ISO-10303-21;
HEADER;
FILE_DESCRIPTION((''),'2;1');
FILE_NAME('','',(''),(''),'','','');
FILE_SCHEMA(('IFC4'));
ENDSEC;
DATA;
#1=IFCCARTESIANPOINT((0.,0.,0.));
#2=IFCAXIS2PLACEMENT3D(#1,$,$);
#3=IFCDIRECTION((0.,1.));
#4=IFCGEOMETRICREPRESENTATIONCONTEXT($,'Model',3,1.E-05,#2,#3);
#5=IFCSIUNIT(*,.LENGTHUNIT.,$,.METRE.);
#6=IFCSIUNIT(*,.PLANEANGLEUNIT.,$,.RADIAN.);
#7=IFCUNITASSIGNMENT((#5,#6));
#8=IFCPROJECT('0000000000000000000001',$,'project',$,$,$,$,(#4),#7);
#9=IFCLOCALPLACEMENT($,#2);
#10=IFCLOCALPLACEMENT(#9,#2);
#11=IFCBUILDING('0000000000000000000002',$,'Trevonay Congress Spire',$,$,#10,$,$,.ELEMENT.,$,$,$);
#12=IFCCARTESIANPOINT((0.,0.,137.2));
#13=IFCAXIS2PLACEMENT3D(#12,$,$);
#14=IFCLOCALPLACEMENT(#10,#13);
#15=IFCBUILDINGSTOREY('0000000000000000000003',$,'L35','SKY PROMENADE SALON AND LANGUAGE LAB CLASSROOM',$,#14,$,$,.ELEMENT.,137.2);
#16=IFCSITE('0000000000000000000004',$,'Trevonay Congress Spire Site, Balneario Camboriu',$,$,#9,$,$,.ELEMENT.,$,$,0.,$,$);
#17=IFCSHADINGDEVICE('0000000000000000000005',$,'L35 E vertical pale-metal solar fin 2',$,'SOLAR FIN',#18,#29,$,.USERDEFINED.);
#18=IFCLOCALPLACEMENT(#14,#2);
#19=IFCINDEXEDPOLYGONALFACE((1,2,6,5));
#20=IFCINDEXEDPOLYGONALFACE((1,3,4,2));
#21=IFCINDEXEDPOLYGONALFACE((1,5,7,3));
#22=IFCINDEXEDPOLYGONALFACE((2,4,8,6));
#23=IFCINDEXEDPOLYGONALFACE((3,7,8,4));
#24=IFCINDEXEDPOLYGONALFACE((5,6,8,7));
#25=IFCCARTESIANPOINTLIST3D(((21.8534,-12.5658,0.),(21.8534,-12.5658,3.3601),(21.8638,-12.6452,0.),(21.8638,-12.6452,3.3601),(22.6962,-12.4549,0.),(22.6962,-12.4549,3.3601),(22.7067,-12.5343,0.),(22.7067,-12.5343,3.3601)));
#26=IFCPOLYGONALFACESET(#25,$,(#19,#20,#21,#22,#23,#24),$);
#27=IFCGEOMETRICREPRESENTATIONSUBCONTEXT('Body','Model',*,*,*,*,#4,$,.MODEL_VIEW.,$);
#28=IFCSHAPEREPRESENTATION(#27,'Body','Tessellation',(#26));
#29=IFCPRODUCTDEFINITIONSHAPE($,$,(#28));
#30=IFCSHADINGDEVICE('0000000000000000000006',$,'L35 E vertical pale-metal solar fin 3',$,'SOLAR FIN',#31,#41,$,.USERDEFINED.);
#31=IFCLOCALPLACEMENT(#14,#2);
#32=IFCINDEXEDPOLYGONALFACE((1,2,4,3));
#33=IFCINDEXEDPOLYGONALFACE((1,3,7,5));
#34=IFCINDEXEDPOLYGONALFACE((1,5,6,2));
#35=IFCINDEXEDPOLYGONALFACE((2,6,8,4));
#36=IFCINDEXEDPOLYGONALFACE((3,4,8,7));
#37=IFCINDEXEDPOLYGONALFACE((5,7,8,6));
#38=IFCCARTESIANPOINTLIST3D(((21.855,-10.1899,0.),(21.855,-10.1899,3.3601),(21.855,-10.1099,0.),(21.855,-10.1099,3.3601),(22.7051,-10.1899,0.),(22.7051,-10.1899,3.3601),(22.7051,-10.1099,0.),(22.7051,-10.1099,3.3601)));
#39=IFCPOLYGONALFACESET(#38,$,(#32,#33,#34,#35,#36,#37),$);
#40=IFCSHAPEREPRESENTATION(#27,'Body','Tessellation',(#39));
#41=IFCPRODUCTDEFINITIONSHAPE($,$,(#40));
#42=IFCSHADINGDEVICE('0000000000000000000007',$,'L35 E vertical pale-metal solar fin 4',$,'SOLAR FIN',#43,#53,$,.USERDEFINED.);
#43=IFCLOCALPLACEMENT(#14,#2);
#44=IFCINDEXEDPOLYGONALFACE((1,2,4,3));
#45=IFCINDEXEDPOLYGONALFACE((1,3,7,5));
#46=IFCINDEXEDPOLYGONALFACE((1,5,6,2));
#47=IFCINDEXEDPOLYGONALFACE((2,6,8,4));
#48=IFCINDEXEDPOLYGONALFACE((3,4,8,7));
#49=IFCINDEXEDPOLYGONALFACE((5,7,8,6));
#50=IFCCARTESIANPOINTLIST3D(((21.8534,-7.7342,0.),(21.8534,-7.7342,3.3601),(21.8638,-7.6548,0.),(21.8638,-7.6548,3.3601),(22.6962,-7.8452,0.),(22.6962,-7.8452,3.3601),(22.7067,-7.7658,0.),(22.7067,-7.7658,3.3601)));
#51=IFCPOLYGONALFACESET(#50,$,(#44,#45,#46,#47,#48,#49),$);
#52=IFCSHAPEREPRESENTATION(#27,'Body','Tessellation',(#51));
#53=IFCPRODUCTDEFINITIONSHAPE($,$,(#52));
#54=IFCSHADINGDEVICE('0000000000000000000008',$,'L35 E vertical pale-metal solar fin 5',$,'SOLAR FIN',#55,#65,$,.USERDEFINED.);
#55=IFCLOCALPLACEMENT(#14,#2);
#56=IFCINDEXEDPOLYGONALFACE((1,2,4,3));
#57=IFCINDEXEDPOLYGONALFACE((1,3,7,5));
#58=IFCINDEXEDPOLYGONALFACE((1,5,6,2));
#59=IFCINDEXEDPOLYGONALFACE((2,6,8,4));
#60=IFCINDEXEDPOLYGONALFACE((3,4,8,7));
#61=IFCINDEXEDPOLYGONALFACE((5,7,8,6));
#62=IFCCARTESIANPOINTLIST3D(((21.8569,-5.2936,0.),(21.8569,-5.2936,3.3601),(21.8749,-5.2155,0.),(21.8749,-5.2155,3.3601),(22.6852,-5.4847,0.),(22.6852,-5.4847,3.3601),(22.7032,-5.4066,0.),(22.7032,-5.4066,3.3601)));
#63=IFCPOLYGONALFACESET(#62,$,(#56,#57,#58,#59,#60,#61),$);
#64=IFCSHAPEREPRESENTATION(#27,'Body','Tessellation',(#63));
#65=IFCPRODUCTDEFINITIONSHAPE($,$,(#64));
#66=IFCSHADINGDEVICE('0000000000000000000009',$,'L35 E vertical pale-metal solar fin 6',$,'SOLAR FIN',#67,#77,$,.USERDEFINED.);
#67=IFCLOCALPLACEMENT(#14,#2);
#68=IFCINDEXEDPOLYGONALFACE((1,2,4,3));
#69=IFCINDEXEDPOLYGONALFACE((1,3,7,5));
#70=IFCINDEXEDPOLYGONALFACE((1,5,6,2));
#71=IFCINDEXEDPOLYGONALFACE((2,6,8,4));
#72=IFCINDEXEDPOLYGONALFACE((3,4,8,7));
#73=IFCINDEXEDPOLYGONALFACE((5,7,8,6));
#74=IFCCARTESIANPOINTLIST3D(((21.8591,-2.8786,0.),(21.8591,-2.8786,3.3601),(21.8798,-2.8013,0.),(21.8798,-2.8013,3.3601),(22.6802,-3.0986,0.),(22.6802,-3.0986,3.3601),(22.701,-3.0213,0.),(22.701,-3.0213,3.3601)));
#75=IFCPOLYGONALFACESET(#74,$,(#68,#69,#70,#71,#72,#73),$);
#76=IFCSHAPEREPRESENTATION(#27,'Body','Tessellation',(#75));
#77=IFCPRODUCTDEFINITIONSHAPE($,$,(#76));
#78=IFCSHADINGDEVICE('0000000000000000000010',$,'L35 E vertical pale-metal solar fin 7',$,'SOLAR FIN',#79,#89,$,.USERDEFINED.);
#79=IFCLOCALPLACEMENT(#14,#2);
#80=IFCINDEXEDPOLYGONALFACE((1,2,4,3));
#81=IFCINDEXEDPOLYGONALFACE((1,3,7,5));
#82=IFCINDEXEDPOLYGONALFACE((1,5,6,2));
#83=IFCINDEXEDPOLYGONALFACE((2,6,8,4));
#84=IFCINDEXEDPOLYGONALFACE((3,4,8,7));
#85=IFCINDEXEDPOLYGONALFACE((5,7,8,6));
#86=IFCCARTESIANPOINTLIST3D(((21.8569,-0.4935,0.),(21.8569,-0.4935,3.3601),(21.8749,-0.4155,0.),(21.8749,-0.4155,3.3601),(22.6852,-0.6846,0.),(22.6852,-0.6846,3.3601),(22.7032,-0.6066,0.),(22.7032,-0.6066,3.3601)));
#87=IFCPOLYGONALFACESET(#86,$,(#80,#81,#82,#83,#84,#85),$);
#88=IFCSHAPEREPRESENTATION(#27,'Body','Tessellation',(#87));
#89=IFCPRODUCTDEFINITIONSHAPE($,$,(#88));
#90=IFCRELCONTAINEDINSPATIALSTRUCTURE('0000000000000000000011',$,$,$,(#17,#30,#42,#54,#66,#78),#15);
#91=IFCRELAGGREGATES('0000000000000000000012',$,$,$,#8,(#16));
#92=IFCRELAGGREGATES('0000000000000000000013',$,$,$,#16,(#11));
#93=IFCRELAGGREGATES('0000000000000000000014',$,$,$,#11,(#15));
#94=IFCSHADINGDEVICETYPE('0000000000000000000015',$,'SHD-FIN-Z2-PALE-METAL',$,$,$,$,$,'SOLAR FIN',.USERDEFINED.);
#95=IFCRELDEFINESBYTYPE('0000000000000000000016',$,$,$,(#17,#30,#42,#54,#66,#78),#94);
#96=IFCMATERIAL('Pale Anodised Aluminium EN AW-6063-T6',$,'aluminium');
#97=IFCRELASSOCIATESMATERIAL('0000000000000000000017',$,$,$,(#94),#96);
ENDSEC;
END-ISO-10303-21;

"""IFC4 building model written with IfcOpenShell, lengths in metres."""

from ifc_helpers import new_model, si_unit, direction, frame, origin, origin_2d, place, context, subcontext, project, spatial, rectangle, extrude, material, type_object, element, save


model = new_model("IFC4")

# Units and contexts
model_context = context("Model", 3, precision=1e-05, world=origin(), true_north=direction((0.0, 1.0)))
body_context = subcontext(model_context, "Body", "Model", "MODEL_VIEW")
ifc_project = project(units=[si_unit("LENGTHUNIT", "METRE"), si_unit("PLANEANGLEUNIT", "RADIAN")], contexts=[model_context])

# Site, building, storey
site_placement = place(None, origin())
site = spatial("IfcSite", under=ifc_project, at=site_placement, Name="Trevonay Congress Spire Site, Balneario Camboriu", CompositionType="ELEMENT", RefElevation=0.0)
building_placement = place(site_placement, origin())
building = spatial("IfcBuilding", under=site, at=building_placement, Name="Trevonay Congress Spire", CompositionType="ELEMENT")
storey_placement = place(building_placement, frame((0.0, 0.0, 137.2)))
storey = spatial("IfcBuildingStorey", under=building, at=storey_placement, Name="L35", Description="SKY PROMENADE SALON AND LANGUAGE LAB CLASSROOM", CompositionType="ELEMENT", Elevation=137.2)

# Shared definitions
ifc_material_1 = material(Name="Pale Anodised Aluminium EN AW-6063-T6", Category="aluminium")

# Shading devices
shading_device_type = type_object("IfcShadingDeviceType", Name="SHD-FIN-Z2-PALE-METAL", ElementType="SOLAR FIN", PredefinedType="USERDEFINED", material=ifc_material_1)
for number, where, z_axis, x_axis, name in (
    (1, (22.28, -12.55, 0.0), (0.0, 0.0, 1.0), (-0.130526, 0.991445, 0.0), "L35 E vertical pale-metal solar fin 2"),
    (2, (22.28, -10.1499, 0.0), (0.0, 0.0, 1.0), (0.0, 1.0, 0.0), "L35 E vertical pale-metal solar fin 3"),
    (3, (22.28, -7.75, 0.0), (0.0, 0.0, 1.0), (0.130526, 0.991445, 0.0), "L35 E vertical pale-metal solar fin 4"),
    (4, (22.28, -5.3501, 0.0), (0.0, 0.0, 1.0), (0.224781, 0.974409, 0.0), "L35 E vertical pale-metal solar fin 5"),
    (5, (22.28, -2.95, 0.0), (0.0, 0.0, 1.0), (0.258819, 0.965926, 0.0), "L35 E vertical pale-metal solar fin 6"),
    (6, (22.28, -0.55, 0.0), (0.0, 0.0, 1.0), (0.224781, 0.974409, 0.0), "L35 E vertical pale-metal solar fin 7"),
):
    element("IfcShadingDevice", number, at=place(storey_placement, frame(where, z_axis=z_axis, x_axis=x_axis)), inside=storey, type_object=shading_device_type, Name=name, ObjectType="SOLAR FIN", PredefinedType="USERDEFINED", context=body_context, shape_type="SweptSolid", body=[
        extrude(rectangle(XDim=0.0801, YDim=0.8501, at=origin_2d()), origin(), (0.0, 0.0, 1.0), 3.3601),
    ])

save(model, "model.ifc")
